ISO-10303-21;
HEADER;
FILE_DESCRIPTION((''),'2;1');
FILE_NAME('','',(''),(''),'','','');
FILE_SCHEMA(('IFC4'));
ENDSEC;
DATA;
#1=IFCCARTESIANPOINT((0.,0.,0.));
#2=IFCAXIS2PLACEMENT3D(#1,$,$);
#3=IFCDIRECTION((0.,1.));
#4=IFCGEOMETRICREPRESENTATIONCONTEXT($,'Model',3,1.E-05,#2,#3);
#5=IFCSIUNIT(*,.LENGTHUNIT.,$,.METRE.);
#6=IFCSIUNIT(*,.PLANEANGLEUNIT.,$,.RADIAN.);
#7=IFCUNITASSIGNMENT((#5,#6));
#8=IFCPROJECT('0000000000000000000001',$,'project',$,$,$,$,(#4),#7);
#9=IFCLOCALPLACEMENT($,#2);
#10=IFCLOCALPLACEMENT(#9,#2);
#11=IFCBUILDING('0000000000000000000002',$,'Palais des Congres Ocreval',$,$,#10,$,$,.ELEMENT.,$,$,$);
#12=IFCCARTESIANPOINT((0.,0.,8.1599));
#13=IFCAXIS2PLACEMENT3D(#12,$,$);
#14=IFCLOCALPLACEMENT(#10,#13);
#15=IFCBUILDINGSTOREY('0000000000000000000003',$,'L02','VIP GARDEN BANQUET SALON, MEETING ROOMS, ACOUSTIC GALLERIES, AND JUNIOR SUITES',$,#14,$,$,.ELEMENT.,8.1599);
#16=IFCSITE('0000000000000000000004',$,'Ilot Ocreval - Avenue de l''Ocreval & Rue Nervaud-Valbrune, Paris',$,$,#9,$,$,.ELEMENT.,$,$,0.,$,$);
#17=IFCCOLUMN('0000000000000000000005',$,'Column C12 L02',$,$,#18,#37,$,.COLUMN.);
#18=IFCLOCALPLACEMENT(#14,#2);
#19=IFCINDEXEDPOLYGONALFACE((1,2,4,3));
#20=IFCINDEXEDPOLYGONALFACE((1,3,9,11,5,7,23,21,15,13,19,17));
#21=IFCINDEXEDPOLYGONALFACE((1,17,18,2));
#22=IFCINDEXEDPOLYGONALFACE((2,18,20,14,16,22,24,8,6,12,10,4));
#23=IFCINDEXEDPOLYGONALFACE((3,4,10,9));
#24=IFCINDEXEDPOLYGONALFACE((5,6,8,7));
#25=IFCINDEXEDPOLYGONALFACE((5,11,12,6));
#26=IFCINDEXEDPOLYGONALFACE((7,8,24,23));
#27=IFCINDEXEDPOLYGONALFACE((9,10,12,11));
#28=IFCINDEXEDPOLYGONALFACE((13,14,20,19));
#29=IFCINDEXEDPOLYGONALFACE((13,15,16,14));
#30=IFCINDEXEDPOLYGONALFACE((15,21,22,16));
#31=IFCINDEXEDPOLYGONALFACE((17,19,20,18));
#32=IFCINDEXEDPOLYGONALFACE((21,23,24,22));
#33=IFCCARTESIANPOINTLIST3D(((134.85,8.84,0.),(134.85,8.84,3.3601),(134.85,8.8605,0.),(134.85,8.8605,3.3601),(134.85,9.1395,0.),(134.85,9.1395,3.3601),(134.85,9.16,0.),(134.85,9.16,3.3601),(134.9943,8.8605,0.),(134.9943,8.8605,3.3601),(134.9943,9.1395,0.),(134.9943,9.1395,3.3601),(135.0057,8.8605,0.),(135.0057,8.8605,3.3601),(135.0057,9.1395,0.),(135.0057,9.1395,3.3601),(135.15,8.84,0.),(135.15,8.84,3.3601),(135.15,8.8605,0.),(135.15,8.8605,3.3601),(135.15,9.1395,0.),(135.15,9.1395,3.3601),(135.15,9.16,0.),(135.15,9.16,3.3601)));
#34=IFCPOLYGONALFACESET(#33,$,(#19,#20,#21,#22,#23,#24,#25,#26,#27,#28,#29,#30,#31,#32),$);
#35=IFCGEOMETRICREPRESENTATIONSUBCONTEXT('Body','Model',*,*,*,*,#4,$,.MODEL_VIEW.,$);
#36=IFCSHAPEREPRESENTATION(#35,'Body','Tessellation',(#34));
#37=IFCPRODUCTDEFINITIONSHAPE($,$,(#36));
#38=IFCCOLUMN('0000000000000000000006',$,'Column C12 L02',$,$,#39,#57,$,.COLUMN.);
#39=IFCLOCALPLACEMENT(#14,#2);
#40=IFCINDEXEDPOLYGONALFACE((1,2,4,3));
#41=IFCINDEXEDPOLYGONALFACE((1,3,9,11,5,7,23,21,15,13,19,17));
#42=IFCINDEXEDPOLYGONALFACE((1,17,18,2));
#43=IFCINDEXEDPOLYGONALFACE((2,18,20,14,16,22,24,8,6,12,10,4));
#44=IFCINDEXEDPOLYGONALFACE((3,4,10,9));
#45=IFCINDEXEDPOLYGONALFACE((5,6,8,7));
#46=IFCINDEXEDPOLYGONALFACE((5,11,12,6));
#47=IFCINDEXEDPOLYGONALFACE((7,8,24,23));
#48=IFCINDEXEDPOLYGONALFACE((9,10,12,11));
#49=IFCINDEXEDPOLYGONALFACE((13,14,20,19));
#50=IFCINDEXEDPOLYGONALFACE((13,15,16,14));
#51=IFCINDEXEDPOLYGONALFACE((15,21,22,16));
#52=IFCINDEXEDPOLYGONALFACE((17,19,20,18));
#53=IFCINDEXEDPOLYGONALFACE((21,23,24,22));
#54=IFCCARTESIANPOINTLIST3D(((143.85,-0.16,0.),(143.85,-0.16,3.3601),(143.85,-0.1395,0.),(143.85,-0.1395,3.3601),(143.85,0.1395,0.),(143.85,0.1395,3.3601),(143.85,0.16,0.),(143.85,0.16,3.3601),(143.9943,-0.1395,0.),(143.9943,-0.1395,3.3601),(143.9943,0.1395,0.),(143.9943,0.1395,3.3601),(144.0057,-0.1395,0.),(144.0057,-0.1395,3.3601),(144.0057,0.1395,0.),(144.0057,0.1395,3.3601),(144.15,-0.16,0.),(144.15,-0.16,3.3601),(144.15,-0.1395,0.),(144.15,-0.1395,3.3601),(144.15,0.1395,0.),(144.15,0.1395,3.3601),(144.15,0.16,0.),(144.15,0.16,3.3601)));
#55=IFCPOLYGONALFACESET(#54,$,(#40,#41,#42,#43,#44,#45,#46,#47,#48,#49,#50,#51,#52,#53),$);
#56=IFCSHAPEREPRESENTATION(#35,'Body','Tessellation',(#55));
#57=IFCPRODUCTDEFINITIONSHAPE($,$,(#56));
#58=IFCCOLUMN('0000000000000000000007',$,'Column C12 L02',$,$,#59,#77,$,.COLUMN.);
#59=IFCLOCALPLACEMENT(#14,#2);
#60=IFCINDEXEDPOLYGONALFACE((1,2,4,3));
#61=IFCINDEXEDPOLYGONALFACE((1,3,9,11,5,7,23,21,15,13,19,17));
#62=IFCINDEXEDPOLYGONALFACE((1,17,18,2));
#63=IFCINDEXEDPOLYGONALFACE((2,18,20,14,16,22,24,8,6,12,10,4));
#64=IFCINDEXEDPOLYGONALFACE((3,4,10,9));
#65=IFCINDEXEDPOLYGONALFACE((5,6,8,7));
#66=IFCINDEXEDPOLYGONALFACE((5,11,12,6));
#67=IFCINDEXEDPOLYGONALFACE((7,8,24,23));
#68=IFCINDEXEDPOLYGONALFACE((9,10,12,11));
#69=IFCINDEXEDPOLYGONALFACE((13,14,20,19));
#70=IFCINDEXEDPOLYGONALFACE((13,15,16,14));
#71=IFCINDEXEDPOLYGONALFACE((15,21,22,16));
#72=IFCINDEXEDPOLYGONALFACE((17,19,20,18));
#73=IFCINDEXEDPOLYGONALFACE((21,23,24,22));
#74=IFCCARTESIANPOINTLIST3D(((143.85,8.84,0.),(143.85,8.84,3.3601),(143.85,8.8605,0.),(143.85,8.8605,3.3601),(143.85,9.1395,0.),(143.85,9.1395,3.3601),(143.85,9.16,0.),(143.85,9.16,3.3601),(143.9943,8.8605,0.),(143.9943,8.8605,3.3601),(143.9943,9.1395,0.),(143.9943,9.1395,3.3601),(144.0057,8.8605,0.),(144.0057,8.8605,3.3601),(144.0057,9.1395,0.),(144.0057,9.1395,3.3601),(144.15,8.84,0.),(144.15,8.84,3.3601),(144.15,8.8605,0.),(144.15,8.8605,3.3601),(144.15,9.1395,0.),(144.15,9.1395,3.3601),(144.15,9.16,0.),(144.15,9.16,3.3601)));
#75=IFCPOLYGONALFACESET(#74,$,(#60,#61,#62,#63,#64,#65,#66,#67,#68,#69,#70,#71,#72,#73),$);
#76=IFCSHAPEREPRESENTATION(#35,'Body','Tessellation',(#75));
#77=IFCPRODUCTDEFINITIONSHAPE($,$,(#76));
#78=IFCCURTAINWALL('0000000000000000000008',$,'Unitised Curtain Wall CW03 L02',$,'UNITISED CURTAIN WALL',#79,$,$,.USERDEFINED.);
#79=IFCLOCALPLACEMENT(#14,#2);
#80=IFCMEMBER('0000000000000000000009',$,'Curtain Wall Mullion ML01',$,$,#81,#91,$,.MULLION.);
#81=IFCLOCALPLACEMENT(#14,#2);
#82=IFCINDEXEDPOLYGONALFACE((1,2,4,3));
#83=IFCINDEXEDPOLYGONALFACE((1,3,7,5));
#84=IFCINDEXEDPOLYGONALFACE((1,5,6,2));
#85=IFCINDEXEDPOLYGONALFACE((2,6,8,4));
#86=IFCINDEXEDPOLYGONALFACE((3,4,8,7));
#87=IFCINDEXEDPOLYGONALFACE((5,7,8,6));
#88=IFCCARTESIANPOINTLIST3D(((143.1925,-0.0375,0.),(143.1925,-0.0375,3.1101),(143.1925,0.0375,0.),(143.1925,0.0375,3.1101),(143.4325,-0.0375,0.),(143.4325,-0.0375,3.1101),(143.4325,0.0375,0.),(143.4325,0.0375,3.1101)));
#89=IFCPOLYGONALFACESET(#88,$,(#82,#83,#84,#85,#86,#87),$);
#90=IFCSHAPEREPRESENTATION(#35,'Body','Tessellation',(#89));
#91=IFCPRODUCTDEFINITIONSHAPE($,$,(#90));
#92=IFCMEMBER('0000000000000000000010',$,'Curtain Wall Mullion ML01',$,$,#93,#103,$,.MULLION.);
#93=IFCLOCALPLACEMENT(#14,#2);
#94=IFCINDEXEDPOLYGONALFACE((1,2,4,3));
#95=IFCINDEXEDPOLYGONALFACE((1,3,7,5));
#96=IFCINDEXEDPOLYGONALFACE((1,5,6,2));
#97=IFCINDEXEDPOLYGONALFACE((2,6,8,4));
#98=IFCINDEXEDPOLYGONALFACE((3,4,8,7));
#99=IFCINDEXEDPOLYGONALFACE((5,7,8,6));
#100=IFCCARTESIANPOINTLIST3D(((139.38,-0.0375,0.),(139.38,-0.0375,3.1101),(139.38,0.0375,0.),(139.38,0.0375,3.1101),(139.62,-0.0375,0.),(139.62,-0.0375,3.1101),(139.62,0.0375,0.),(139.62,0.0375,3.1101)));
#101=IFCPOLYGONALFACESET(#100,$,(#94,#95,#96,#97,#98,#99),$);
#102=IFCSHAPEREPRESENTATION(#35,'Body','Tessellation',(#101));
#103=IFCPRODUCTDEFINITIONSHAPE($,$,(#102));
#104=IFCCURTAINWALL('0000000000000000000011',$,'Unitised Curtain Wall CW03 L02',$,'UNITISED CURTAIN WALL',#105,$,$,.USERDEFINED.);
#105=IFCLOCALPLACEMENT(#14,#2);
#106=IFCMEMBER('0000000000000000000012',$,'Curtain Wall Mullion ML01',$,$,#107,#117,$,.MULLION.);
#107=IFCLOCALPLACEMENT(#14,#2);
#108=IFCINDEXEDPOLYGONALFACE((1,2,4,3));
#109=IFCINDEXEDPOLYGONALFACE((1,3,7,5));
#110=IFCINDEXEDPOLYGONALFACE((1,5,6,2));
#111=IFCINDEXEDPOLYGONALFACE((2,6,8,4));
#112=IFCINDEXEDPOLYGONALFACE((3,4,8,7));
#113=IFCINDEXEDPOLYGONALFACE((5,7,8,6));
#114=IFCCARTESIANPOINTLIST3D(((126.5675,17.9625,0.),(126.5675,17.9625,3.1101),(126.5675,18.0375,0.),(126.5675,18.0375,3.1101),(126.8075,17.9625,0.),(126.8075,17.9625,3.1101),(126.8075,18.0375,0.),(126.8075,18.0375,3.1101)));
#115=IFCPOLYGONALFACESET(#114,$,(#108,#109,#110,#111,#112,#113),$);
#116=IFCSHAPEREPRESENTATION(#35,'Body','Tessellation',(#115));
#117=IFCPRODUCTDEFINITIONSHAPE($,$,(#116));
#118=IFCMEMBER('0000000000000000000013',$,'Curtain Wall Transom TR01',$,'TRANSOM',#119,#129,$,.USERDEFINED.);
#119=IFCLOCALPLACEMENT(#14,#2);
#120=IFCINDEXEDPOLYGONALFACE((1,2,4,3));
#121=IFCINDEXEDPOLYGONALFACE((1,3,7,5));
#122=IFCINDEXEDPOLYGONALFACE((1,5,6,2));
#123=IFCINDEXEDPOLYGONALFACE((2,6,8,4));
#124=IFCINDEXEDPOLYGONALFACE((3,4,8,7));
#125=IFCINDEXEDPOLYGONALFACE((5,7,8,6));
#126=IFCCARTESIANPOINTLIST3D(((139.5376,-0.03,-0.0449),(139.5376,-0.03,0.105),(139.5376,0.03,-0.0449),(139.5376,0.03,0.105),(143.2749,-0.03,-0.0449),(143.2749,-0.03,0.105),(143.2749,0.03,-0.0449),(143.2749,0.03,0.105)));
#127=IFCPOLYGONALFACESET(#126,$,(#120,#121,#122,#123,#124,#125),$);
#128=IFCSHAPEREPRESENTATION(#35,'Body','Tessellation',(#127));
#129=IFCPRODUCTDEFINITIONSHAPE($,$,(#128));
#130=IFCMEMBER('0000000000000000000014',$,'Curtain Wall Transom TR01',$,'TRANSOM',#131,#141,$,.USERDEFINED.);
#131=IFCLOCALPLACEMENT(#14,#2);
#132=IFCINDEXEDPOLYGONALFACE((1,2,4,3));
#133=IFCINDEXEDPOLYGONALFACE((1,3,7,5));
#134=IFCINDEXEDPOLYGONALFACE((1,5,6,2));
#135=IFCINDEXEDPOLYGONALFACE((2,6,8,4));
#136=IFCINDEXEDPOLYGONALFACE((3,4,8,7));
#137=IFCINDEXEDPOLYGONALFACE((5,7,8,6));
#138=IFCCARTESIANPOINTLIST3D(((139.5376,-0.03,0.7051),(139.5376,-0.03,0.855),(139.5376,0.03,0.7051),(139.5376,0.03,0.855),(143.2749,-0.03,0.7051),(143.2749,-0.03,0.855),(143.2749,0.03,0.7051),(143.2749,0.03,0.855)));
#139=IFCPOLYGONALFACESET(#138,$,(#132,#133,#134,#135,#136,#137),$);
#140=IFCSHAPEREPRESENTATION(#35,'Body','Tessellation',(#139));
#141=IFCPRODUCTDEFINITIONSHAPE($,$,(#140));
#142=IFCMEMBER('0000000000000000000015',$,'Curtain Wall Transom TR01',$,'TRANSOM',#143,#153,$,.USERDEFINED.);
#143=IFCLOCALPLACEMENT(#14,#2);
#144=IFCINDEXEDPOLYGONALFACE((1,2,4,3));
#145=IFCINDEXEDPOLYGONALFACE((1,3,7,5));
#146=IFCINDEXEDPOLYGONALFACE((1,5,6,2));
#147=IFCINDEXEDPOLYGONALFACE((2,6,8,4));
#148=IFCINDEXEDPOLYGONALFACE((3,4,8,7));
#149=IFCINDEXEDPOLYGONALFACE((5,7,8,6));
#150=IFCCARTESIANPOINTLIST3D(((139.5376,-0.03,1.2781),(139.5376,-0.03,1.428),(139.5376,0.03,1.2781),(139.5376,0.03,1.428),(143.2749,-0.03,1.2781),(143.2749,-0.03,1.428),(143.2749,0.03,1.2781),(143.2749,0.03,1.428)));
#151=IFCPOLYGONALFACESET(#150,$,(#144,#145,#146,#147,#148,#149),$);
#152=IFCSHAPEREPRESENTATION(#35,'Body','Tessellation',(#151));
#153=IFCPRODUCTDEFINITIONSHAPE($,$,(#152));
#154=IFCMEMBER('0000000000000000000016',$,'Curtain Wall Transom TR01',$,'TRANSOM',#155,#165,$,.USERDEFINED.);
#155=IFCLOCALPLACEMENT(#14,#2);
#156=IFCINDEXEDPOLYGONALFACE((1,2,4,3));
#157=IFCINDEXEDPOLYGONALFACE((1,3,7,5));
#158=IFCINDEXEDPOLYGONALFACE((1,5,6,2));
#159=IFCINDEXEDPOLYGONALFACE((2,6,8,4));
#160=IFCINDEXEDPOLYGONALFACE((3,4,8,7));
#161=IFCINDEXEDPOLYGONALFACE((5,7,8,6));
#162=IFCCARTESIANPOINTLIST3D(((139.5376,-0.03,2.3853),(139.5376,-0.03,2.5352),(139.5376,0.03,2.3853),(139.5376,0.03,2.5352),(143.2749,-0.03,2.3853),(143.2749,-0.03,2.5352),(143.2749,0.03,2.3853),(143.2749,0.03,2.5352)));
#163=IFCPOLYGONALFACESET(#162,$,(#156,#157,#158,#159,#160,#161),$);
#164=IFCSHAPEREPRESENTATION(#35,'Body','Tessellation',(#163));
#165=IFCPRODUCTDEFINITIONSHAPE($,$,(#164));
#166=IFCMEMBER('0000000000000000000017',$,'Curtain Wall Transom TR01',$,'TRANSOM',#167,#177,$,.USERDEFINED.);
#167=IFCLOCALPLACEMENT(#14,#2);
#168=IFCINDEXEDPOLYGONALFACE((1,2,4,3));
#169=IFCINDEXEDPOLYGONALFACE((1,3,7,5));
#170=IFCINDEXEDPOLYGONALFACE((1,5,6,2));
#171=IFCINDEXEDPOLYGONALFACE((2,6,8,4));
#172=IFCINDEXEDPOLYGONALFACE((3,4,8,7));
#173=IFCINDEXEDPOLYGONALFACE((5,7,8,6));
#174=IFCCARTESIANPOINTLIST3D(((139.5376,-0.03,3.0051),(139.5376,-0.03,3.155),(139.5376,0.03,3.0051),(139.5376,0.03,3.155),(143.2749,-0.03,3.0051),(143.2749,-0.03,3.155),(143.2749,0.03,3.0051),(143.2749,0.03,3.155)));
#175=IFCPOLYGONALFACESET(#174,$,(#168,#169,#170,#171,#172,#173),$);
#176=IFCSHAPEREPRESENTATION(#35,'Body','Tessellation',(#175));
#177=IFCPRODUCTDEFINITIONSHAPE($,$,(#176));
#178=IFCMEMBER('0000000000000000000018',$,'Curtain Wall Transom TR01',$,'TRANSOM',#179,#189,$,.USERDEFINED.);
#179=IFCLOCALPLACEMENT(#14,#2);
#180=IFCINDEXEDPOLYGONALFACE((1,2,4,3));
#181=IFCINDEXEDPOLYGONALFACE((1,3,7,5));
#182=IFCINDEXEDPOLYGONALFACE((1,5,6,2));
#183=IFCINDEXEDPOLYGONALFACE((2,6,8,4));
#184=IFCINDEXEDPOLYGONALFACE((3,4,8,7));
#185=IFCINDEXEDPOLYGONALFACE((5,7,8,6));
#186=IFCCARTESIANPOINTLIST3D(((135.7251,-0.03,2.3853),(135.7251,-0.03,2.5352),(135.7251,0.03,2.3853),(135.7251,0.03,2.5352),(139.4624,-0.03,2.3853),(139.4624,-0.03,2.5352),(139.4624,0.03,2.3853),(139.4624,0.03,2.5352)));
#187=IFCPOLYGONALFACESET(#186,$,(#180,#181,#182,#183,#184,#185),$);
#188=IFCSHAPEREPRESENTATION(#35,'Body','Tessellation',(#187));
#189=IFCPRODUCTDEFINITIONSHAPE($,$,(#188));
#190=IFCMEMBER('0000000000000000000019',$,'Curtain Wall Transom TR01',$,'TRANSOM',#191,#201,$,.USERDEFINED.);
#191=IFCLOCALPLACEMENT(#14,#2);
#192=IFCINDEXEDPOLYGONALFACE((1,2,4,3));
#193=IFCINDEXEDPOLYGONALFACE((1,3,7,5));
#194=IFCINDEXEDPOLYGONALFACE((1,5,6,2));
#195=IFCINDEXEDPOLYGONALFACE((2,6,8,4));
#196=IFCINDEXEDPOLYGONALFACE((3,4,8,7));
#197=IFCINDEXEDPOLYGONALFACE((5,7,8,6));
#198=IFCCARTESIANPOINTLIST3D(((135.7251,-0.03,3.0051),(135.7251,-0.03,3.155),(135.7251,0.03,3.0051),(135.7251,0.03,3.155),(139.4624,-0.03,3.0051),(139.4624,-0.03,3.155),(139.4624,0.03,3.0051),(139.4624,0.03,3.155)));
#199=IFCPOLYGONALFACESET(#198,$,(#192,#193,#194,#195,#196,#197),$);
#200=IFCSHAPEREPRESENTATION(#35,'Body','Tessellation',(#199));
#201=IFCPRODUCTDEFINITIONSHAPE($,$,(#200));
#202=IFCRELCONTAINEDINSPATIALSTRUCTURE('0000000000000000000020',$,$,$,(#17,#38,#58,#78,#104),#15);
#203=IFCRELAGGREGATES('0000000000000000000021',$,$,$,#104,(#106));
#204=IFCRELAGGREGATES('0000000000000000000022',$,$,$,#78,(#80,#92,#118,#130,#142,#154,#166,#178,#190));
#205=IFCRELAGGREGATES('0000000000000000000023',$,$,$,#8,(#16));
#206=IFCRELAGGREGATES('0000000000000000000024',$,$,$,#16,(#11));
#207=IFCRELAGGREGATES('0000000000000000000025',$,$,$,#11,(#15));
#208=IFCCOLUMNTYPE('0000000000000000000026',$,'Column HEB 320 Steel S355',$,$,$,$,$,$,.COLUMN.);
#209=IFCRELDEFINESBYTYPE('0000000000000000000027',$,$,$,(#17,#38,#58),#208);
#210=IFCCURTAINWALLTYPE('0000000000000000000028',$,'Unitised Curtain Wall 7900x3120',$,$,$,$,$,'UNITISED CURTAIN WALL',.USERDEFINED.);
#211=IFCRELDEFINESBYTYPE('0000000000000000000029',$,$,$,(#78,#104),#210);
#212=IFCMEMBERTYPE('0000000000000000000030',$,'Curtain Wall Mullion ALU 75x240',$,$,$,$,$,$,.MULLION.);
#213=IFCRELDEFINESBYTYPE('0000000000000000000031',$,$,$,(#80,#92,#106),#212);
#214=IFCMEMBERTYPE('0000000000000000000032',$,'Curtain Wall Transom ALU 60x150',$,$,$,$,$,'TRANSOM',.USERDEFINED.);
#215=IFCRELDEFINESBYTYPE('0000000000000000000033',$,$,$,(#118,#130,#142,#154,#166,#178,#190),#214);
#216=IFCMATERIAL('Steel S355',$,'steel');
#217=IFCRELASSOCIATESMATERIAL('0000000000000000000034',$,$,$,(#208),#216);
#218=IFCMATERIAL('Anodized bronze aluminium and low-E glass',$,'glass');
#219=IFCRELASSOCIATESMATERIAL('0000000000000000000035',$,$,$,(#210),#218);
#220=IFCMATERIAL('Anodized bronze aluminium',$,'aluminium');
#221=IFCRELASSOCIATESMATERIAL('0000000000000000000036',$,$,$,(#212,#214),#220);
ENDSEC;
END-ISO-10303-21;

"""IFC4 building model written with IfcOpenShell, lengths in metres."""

from ifc_helpers import new_model, si_unit, direction, frame, origin, origin_2d, place, context, subcontext, project, spatial, rectangle, i_section, extrude, material, material_profile, profile_set, type_object, element, aggregate, save


model = new_model("IFC4")

# Units and contexts
model_context = context("Model", 3, precision=1e-05, world=origin(), true_north=direction((0.0, 1.0)))
body_context = subcontext(model_context, "Body", "Model", "MODEL_VIEW")
ifc_project = project(units=[si_unit("LENGTHUNIT", "METRE"), si_unit("PLANEANGLEUNIT", "RADIAN")], contexts=[model_context])

# Site, building, storey
site_placement = place(None, origin())
site = spatial("IfcSite", under=ifc_project, at=site_placement, Name="Ilot Ocreval - Avenue de l'Ocreval & Rue Nervaud-Valbrune, Paris", CompositionType="ELEMENT", RefElevation=0.0)
building_placement = place(site_placement, origin())
building = spatial("IfcBuilding", under=site, at=building_placement, Name="Palais des Congres Ocreval", CompositionType="ELEMENT")
storey_placement = place(building_placement, frame((0.0, 0.0, 8.1599)))
storey = spatial("IfcBuildingStorey", under=building, at=storey_placement, Name="L02", Description="VIP GARDEN BANQUET SALON, MEETING ROOMS, ACOUSTIC GALLERIES, AND JUNIOR SUITES", CompositionType="ELEMENT", Elevation=8.1599)

# Columns
ifc_material_1 = material(Name="Steel S355", Category="steel")
ifc_material_profile_1 = material_profile(ifc_material_1, i_section(OverallWidth=0.3, OverallDepth=0.3201, WebThickness=0.0115, FlangeThickness=0.0205, at=origin_2d()), Name="HEB 320")
ifc_profile_set_1 = profile_set([ifc_material_profile_1], Name="Steel S355")
column_type = type_object("IfcColumnType", Name="Column HEB 320 Steel S355", PredefinedType="COLUMN", material=ifc_profile_set_1)
for number, where, z_axis, x_axis, name in (
    (1, (135.0, 9.0, 0.0), (0.0, 0.0, 1.0), (1.0, 0.0, 0.0), "Column C12 L02"),
    (2, (144.0, 0.0, 0.0), (0.0, 0.0, 1.0), (1.0, 0.0, 0.0), "Column C12 L02"),
    (3, (144.0, 9.0, 0.0), (0.0, 0.0, 1.0), (1.0, 0.0, 0.0), "Column C12 L02"),
):
    element("IfcColumn", number, at=place(storey_placement, frame(where, z_axis=z_axis, x_axis=x_axis)), inside=storey, type_object=column_type, Name=name, PredefinedType="COLUMN", context=body_context, shape_type="SweptSolid", body=[
        extrude(i_section(OverallWidth=0.3, OverallDepth=0.3201, WebThickness=0.0115, FlangeThickness=0.0205, at=origin_2d()), origin(), (0.0, 0.0, 1.0), 3.3601),
    ])

# Curtain wall, members
ifc_material_2 = material(Name="Anodized bronze aluminium and low-E glass", Category="glass")
curtain_wall_type = type_object("IfcCurtainWallType", Name="Unitised Curtain Wall 7900x3120", ElementType="UNITISED CURTAIN WALL", PredefinedType="USERDEFINED", material=ifc_material_2)
curtain_wall_1_placement = place(storey_placement, origin())
curtain_wall_1 = element("IfcCurtainWall", 4, at=curtain_wall_1_placement, inside=storey, type_object=curtain_wall_type, Name="Unitised Curtain Wall CW03 L02", ObjectType="UNITISED CURTAIN WALL", PredefinedType="USERDEFINED")
ifc_material_3 = material(Name="Anodized bronze aluminium", Category="aluminium")
ifc_material_profile_2 = material_profile(ifc_material_3, rectangle(XDim=0.075, YDim=0.24, at=origin_2d()), Name="ALU 75x240")
ifc_profile_set_2 = profile_set([ifc_material_profile_2], Name="Anodized bronze aluminium")
member_type_1 = type_object("IfcMemberType", Name="Curtain Wall Mullion ALU 75x240", PredefinedType="MULLION", material=ifc_profile_set_2)
member_1_placement = place(storey_placement, frame((143.3125, 0.0, 0.0), z_axis=(0.0, 0.0, 1.0), x_axis=(0.0, -1.0, 0.0)))
member_1 = element("IfcMember", 5, at=member_1_placement, type_object=member_type_1, Name="Curtain Wall Mullion ML01", PredefinedType="MULLION", context=body_context, shape_type="SweptSolid", body=[
    extrude(rectangle(XDim=0.075, YDim=0.24, at=origin_2d()), origin(), (0.0, 0.0, 1.0), 3.1101),
])
member_2_placement = place(storey_placement, frame((139.5, 0.0, 0.0), z_axis=(0.0, 0.0, 1.0), x_axis=(0.0, -1.0, 0.0)))
member_2 = element("IfcMember", 6, at=member_2_placement, type_object=member_type_1, Name="Curtain Wall Mullion ML01", PredefinedType="MULLION", context=body_context, shape_type="SweptSolid", body=[
    extrude(rectangle(XDim=0.075, YDim=0.24, at=origin_2d()), origin(), (0.0, 0.0, 1.0), 3.1101),
])

# Curtain wall, member
curtain_wall_2_placement = place(storey_placement, origin())
curtain_wall_2 = element("IfcCurtainWall", 7, at=curtain_wall_2_placement, inside=storey, type_object=curtain_wall_type, Name="Unitised Curtain Wall CW03 L02", ObjectType="UNITISED CURTAIN WALL", PredefinedType="USERDEFINED")
member_3_placement = place(storey_placement, frame((126.6875, 18.0, 0.0), z_axis=(0.0, 0.0, 1.0), x_axis=(0.0, 1.0, 0.0)))
member_3 = element("IfcMember", 8, at=member_3_placement, type_object=member_type_1, Name="Curtain Wall Mullion ML01", PredefinedType="MULLION", context=body_context, shape_type="SweptSolid", body=[
    extrude(rectangle(XDim=0.075, YDim=0.24, at=origin_2d()), origin(), (0.0, 0.0, 1.0), 3.1101),
])

# Members
ifc_material_profile_3 = material_profile(ifc_material_3, rectangle(XDim=0.0601, YDim=0.1499, at=origin_2d()), Name="ALU 60x150")
ifc_profile_set_3 = profile_set([ifc_material_profile_3], Name="Anodized bronze aluminium")
member_type_2 = type_object("IfcMemberType", Name="Curtain Wall Transom ALU 60x150", ElementType="TRANSOM", PredefinedType="USERDEFINED", material=ifc_profile_set_3)
member_4_placement = place(storey_placement, frame((143.2749, 0.0, 0.03), z_axis=(-1.0, 0.0, 0.0), x_axis=(0.0, -1.0, 0.0)))
member_4 = element("IfcMember", 9, at=member_4_placement, type_object=member_type_2, Name="Curtain Wall Transom TR01", ObjectType="TRANSOM", PredefinedType="USERDEFINED", context=body_context, shape_type="SweptSolid", body=[
    extrude(rectangle(XDim=0.0601, YDim=0.1499, at=origin_2d()), origin(), (0.0, 0.0, 1.0), 3.7373),
])
member_5_placement = place(storey_placement, frame((143.2749, 0.0, 0.78), z_axis=(-1.0, 0.0, 0.0), x_axis=(0.0, -1.0, 0.0)))
member_5 = element("IfcMember", 10, at=member_5_placement, type_object=member_type_2, Name="Curtain Wall Transom TR01", ObjectType="TRANSOM", PredefinedType="USERDEFINED", context=body_context, shape_type="SweptSolid", body=[
    extrude(rectangle(XDim=0.0601, YDim=0.1499, at=origin_2d()), origin(), (0.0, 0.0, 1.0), 3.7373),
])
member_6_placement = place(storey_placement, frame((143.2749, 0.0, 1.353), z_axis=(-1.0, 0.0, 0.0), x_axis=(0.0, -1.0, 0.0)))
member_6 = element("IfcMember", 11, at=member_6_placement, type_object=member_type_2, Name="Curtain Wall Transom TR01", ObjectType="TRANSOM", PredefinedType="USERDEFINED", context=body_context, shape_type="SweptSolid", body=[
    extrude(rectangle(XDim=0.0601, YDim=0.1499, at=origin_2d()), origin(), (0.0, 0.0, 1.0), 3.7373),
])
member_7_placement = place(storey_placement, frame((143.2749, 0.0, 2.4602), z_axis=(-1.0, 0.0, 0.0), x_axis=(0.0, -1.0, 0.0)))
member_7 = element("IfcMember", 12, at=member_7_placement, type_object=member_type_2, Name="Curtain Wall Transom TR01", ObjectType="TRANSOM", PredefinedType="USERDEFINED", context=body_context, shape_type="SweptSolid", body=[
    extrude(rectangle(XDim=0.0601, YDim=0.1499, at=origin_2d()), origin(), (0.0, 0.0, 1.0), 3.7373),
])
member_8_placement = place(storey_placement, frame((143.2749, 0.0, 3.0801), z_axis=(-1.0, 0.0, 0.0), x_axis=(0.0, -1.0, 0.0)))
member_8 = element("IfcMember", 13, at=member_8_placement, type_object=member_type_2, Name="Curtain Wall Transom TR01", ObjectType="TRANSOM", PredefinedType="USERDEFINED", context=body_context, shape_type="SweptSolid", body=[
    extrude(rectangle(XDim=0.0601, YDim=0.1499, at=origin_2d()), origin(), (0.0, 0.0, 1.0), 3.7373),
])
member_9_placement = place(storey_placement, frame((139.4624, 0.0, 2.4602), z_axis=(-1.0, 0.0, 0.0), x_axis=(0.0, -1.0, 0.0)))
member_9 = element("IfcMember", 14, at=member_9_placement, type_object=member_type_2, Name="Curtain Wall Transom TR01", ObjectType="TRANSOM", PredefinedType="USERDEFINED", context=body_context, shape_type="SweptSolid", body=[
    extrude(rectangle(XDim=0.0601, YDim=0.1499, at=origin_2d()), origin(), (0.0, 0.0, 1.0), 3.7373),
])
member_10_placement = place(storey_placement, frame((139.4624, 0.0, 3.0801), z_axis=(-1.0, 0.0, 0.0), x_axis=(0.0, -1.0, 0.0)))
member_10 = element("IfcMember", 15, at=member_10_placement, type_object=member_type_2, Name="Curtain Wall Transom TR01", ObjectType="TRANSOM", PredefinedType="USERDEFINED", context=body_context, shape_type="SweptSolid", body=[
    extrude(rectangle(XDim=0.0601, YDim=0.1499, at=origin_2d()), origin(), (0.0, 0.0, 1.0), 3.7373),
])

aggregate(curtain_wall_2, [member_3])
aggregate(curtain_wall_1, [member_1, member_2, member_4, member_5, member_6, member_7, member_8, member_9, member_10])

save(model, "model.ifc")
